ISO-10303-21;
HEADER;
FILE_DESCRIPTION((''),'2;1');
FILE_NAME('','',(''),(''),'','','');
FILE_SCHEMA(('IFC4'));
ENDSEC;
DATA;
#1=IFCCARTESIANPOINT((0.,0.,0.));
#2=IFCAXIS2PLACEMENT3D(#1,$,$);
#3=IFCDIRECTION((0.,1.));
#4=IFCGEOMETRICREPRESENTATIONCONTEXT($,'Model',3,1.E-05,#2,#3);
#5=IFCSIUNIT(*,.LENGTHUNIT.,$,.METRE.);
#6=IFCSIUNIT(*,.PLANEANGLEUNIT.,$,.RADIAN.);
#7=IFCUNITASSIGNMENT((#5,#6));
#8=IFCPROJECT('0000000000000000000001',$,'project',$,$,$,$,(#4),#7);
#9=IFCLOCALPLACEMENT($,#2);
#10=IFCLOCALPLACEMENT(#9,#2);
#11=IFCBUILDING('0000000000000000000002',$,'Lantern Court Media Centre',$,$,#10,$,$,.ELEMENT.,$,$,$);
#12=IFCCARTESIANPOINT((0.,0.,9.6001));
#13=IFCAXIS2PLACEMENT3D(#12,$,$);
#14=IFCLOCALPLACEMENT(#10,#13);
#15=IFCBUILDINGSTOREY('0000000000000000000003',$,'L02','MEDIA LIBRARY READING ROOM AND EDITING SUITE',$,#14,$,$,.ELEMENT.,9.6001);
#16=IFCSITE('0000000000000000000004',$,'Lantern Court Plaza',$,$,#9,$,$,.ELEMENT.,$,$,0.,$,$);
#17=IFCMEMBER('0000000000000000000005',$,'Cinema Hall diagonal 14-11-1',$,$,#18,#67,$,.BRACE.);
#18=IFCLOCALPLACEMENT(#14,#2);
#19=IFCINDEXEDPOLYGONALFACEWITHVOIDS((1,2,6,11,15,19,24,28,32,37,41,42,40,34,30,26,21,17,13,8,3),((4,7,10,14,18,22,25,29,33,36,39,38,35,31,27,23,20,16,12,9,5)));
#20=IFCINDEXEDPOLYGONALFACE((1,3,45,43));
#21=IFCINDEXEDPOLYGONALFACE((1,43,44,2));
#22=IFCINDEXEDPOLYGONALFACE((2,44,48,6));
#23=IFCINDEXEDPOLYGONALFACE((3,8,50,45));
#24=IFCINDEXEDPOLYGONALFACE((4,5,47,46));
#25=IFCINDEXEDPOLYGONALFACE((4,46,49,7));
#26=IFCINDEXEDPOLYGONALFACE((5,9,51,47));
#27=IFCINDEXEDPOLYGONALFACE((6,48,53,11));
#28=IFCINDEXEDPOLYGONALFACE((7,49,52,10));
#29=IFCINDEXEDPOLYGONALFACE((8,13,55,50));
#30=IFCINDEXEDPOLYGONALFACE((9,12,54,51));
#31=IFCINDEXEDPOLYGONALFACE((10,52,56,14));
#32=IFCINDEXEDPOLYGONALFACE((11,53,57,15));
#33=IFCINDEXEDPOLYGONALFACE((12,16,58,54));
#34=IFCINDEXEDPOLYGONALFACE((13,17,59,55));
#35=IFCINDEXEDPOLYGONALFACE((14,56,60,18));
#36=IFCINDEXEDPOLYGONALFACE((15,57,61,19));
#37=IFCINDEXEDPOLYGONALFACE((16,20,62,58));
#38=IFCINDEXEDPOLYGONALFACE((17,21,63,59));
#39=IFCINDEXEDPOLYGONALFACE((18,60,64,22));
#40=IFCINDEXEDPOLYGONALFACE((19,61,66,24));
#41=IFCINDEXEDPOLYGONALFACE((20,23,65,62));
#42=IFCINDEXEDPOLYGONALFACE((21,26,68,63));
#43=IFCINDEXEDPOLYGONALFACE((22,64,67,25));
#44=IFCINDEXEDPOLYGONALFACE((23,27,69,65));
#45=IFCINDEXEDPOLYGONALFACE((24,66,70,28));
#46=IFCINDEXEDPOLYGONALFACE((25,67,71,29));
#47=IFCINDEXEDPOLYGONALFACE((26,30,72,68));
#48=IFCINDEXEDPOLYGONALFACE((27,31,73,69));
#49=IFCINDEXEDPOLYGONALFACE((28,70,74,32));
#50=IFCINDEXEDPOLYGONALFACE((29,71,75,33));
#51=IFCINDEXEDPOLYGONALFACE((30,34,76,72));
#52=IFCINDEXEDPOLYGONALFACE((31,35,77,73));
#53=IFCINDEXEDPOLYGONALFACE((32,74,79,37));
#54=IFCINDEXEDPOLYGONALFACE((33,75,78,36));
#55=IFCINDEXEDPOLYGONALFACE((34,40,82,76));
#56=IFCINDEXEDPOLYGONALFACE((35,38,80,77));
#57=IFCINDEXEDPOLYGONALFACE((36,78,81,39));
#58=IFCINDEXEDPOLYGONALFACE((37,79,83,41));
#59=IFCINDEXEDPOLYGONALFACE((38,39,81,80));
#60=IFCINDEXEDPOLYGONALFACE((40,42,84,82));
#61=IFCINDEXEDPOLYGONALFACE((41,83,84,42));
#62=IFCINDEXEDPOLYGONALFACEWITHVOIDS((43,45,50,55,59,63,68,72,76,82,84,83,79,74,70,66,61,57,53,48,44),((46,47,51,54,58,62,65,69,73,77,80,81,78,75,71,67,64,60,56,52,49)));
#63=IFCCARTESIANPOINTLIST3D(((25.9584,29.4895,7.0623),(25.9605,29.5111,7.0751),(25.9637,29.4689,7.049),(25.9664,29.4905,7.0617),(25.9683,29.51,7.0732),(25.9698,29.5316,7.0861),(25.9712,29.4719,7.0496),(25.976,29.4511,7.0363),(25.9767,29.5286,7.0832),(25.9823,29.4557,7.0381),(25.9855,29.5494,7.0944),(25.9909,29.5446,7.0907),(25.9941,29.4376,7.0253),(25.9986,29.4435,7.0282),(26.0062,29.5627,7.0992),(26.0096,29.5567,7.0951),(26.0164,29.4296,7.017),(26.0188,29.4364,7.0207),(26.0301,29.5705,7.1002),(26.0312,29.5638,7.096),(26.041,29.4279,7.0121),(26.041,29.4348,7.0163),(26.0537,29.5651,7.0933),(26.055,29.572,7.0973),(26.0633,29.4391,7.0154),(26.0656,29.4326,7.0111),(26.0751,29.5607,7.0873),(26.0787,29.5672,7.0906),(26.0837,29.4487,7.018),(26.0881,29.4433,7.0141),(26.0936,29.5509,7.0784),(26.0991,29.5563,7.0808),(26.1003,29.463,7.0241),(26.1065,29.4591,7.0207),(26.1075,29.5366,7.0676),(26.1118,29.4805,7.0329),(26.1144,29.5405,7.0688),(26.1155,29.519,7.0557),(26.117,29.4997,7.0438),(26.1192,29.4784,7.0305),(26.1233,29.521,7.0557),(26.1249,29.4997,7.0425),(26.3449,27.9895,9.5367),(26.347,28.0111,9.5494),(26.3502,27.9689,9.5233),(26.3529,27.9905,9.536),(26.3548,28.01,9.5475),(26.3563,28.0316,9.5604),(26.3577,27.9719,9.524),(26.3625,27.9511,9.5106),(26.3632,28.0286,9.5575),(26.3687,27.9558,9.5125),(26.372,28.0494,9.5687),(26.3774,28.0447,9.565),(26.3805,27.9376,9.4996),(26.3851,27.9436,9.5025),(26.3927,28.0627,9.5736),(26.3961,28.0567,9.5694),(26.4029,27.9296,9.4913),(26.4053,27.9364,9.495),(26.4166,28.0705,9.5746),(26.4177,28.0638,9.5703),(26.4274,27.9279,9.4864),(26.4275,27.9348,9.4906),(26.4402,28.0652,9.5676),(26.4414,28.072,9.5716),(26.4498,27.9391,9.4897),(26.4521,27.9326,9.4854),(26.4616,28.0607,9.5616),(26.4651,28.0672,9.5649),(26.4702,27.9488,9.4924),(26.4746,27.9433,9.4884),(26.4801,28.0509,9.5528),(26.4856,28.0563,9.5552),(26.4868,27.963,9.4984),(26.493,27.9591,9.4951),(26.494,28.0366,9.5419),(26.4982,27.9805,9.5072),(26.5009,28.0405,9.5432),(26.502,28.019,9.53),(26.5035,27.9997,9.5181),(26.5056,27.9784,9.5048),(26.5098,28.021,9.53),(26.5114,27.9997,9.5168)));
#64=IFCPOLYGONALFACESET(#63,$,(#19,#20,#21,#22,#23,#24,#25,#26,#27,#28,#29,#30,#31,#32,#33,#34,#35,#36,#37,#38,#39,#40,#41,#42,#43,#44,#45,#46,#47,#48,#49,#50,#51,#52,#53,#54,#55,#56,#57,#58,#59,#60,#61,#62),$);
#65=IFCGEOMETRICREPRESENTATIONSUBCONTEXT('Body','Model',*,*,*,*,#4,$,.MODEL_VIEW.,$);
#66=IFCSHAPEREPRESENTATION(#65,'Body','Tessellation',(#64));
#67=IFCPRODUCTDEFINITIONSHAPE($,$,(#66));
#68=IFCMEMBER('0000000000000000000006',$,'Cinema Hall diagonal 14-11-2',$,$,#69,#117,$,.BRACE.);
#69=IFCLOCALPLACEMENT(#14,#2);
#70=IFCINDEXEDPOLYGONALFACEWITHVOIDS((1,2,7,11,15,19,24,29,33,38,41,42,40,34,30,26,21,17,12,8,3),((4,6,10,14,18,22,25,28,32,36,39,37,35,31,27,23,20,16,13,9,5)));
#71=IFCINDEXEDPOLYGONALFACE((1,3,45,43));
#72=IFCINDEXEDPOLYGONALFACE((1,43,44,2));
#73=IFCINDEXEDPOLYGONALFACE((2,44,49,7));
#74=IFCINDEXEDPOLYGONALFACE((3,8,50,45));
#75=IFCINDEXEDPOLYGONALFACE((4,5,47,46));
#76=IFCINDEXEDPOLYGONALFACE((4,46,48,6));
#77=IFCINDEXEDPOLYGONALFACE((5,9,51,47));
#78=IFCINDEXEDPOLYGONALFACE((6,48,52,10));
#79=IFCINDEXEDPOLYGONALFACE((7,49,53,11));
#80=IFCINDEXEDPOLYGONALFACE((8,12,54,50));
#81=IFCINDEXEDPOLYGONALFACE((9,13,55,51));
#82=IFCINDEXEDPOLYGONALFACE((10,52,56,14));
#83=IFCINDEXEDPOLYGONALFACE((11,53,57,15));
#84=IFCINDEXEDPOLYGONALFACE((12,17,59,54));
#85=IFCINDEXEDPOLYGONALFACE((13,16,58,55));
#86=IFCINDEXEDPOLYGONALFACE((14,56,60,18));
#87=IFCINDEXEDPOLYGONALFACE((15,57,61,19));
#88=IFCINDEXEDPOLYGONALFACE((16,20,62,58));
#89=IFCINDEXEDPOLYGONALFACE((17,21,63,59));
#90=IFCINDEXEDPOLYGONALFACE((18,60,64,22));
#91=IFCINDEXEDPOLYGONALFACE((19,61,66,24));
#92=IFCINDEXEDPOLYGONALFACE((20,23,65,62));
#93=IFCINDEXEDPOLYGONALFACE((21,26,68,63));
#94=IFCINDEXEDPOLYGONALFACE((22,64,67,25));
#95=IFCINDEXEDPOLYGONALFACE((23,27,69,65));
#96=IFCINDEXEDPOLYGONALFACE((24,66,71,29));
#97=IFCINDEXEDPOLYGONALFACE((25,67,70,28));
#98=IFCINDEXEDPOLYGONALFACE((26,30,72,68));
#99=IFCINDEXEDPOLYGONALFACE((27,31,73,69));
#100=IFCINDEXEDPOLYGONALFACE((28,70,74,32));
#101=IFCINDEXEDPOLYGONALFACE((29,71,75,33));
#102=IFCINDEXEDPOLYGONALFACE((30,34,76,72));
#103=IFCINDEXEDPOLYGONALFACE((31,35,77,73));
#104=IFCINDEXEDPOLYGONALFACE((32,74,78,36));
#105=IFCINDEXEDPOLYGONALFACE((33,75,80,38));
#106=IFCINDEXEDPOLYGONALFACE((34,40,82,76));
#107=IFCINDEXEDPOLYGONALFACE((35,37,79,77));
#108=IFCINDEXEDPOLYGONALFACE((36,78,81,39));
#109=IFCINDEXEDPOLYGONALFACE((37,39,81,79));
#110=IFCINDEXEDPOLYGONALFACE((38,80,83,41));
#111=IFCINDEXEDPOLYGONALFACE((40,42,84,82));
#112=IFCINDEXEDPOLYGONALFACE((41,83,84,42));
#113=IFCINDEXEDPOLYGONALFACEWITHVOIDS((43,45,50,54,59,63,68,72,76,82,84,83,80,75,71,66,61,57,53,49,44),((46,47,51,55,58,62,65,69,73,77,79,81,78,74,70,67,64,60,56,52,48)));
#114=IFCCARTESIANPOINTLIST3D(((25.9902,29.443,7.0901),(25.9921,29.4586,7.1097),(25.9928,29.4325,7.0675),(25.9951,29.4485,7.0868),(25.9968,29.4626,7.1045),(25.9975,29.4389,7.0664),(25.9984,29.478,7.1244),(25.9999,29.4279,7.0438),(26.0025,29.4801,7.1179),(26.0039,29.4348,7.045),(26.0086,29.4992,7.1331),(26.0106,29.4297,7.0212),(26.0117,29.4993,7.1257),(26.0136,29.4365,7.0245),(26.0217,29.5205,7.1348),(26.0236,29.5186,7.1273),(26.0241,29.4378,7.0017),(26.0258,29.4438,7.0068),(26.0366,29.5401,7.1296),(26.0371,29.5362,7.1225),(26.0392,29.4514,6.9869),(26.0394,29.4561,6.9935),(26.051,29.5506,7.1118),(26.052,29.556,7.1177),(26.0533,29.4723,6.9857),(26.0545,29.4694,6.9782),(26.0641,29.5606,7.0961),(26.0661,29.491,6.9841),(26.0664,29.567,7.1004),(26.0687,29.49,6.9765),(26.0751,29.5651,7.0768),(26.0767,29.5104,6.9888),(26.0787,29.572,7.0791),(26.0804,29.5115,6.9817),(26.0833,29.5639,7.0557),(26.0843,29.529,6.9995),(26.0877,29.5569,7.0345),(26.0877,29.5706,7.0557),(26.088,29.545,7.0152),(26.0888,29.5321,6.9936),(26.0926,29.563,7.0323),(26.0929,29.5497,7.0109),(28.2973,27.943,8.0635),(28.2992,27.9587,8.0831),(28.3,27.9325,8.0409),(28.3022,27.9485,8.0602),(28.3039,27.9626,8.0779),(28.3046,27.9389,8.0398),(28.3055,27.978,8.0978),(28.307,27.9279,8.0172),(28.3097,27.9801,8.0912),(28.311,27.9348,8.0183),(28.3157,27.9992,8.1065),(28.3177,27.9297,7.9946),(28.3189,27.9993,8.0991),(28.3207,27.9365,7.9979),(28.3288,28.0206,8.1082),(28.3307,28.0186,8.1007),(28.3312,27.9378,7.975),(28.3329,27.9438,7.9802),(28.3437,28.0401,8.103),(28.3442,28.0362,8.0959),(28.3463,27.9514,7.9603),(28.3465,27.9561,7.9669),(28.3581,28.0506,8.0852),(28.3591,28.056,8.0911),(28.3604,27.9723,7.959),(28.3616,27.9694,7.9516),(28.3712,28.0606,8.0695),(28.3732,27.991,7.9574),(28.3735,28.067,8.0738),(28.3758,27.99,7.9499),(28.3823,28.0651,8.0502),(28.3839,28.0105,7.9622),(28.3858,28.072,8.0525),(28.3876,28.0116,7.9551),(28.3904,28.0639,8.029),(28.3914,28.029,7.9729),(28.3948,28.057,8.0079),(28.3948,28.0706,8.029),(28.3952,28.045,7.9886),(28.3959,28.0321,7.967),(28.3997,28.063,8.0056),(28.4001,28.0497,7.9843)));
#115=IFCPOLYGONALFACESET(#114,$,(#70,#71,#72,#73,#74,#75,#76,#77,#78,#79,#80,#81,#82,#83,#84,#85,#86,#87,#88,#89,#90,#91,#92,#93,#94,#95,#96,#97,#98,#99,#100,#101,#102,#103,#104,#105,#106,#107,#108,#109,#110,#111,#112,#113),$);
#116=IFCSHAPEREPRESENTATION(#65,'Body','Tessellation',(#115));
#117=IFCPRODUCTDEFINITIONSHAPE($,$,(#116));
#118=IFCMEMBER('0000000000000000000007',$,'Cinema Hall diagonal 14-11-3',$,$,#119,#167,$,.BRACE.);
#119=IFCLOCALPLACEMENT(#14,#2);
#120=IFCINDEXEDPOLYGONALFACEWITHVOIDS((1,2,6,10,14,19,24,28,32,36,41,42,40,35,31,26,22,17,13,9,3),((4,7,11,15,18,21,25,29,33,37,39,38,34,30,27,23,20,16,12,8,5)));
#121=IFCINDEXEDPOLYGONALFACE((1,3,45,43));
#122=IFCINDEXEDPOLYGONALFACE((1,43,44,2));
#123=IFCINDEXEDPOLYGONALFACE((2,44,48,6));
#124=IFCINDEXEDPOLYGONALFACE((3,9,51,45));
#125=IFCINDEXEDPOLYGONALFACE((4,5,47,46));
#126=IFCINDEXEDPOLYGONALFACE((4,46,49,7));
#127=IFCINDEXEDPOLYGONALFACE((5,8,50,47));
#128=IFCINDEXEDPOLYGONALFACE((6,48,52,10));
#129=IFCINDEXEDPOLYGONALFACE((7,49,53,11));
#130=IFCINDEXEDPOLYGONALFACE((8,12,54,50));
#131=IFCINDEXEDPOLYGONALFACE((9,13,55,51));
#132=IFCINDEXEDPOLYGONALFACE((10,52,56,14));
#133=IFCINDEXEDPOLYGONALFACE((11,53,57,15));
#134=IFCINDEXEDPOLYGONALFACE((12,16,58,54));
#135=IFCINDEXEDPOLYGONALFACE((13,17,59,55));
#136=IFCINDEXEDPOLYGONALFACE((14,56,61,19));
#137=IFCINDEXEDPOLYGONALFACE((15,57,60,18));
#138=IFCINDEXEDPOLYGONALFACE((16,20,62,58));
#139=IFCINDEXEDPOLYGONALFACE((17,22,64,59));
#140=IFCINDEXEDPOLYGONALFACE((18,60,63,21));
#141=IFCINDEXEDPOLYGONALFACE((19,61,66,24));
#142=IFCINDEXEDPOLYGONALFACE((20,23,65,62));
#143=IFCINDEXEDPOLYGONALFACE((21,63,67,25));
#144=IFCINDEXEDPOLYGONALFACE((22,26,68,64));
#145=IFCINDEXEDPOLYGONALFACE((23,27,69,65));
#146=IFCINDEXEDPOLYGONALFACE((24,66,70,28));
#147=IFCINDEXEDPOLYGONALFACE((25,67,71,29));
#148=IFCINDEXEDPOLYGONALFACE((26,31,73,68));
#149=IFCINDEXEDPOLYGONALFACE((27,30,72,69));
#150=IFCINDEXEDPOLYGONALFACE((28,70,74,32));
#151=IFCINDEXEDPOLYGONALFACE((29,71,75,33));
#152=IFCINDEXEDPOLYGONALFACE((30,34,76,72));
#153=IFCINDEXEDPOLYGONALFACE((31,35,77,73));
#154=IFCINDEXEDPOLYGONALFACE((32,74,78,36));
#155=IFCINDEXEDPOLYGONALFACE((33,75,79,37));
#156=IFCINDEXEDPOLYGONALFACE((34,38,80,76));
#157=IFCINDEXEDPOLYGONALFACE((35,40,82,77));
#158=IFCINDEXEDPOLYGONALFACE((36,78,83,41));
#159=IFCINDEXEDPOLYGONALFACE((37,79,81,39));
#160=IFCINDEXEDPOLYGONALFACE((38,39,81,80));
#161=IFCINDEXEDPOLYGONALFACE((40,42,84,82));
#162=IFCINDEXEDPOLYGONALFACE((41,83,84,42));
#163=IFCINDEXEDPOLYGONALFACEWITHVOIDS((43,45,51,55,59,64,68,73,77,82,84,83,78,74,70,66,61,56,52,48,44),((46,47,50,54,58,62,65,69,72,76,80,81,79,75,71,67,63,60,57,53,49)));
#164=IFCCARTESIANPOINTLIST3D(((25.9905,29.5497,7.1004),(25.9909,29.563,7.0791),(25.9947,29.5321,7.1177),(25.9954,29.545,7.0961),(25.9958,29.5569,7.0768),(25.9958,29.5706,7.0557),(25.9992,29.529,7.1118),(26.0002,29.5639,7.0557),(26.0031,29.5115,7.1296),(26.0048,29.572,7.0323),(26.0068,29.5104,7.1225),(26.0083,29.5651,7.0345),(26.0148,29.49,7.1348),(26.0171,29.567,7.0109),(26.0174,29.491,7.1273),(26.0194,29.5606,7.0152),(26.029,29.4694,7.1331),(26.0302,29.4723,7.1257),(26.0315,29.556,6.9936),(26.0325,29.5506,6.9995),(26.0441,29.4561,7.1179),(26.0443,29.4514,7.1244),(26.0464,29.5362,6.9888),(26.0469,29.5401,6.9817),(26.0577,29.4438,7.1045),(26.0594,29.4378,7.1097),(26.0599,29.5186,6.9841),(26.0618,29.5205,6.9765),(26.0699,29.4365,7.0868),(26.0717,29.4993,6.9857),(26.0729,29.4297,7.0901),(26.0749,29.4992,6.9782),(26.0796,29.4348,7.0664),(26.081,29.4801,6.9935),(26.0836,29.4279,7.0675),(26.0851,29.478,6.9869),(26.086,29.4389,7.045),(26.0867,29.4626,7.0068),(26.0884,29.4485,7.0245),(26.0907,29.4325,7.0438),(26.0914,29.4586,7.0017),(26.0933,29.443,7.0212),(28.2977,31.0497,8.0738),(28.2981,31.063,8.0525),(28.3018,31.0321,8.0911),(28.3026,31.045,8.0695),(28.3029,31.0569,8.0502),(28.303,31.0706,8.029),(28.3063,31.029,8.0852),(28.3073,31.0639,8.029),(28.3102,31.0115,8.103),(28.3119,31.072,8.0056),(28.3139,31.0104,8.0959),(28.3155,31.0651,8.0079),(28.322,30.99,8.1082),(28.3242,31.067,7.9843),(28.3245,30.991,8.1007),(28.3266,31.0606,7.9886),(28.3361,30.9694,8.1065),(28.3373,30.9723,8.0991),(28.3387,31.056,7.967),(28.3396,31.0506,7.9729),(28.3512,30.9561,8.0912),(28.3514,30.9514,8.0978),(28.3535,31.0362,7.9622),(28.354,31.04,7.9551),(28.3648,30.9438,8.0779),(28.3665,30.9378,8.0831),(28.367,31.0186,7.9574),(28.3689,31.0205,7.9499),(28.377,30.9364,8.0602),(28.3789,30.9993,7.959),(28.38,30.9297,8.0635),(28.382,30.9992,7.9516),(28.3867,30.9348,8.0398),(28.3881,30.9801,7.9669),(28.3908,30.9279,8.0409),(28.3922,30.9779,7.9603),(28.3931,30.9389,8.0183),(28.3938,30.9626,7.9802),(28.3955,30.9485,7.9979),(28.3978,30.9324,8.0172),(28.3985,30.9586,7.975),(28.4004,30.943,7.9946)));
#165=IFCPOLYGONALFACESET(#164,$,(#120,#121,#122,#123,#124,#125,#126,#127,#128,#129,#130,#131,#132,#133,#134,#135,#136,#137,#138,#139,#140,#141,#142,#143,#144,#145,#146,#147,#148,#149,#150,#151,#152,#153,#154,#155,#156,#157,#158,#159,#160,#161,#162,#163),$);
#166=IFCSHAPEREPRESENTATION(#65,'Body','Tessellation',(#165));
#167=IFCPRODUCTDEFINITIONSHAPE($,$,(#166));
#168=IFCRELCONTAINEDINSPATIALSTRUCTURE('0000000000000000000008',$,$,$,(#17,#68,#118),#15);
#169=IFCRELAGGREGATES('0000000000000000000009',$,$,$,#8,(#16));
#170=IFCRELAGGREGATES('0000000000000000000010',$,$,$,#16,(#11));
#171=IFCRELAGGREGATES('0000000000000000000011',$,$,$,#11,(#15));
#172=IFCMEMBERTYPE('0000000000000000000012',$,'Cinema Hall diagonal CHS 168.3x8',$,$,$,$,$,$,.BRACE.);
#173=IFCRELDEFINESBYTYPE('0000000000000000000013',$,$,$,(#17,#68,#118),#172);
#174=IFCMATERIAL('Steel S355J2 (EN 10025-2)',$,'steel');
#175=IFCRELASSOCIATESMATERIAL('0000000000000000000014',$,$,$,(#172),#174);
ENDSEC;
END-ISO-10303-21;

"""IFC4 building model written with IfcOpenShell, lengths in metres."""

from ifc_helpers import new_model, si_unit, direction, frame, origin, origin_2d, place, context, subcontext, project, spatial, hollow_circle, extrude, material, material_profile, profile_set, type_object, element, save


model = new_model("IFC4")

# Units and contexts
model_context = context("Model", 3, precision=1e-05, world=origin(), true_north=direction((0.0, 1.0)))
body_context = subcontext(model_context, "Body", "Model", "MODEL_VIEW")
ifc_project = project(units=[si_unit("LENGTHUNIT", "METRE"), si_unit("PLANEANGLEUNIT", "RADIAN")], contexts=[model_context])

# Site, building, storey
site_placement = place(None, origin())
site = spatial("IfcSite", under=ifc_project, at=site_placement, Name="Lantern Court Plaza", CompositionType="ELEMENT", RefElevation=0.0)
building_placement = place(site_placement, origin())
building = spatial("IfcBuilding", under=site, at=building_placement, Name="Lantern Court Media Centre", CompositionType="ELEMENT")
storey_placement = place(building_placement, frame((0.0, 0.0, 9.6001)))
storey = spatial("IfcBuildingStorey", under=building, at=storey_placement, Name="L02", Description="MEDIA LIBRARY READING ROOM AND EDITING SUITE", CompositionType="ELEMENT", Elevation=9.6001)

# Members
ifc_material = material(Name="Steel S355J2 (EN 10025-2)", Category="steel")
ifc_material_profile_1 = material_profile(ifc_material, hollow_circle(Radius=0.0842, WallThickness=0.0081, at=origin_2d()), Name="Cinema Hall diagonal CHS 168.3x8")
ifc_profile_set_1 = profile_set([ifc_material_profile_1], Name="Steel S355J2 (EN 10025-2)")
member_type_1 = type_object("IfcMemberType", Name="Cinema Hall diagonal CHS 168.3x8", PredefinedType="BRACE", material=ifc_profile_set_1)
member_1_placement = place(storey_placement, frame((26.0417, 29.5, 7.0557), z_axis=(0.13239, -0.513836, 0.847612), x_axis=(0.968374, 0.249501, 0.0)))
element("IfcMember", 1, at=member_1_placement, inside=storey, type_object=member_type_1, Name="Cinema Hall diagonal 14-11-1", PredefinedType="BRACE", context=body_context, shape_type="SweptSolid", body=[
    extrude(hollow_circle(Radius=0.0842, WallThickness=0.0081, at=origin_2d()), origin(), (0.0, 0.0, 1.0), 2.9192),
])
for number, where, z_axis, x_axis, name in (
    (2, (26.0417, 29.5, 7.0557), (0.790394, -0.513882, 0.333471), (0.545082, 0.838383, 0.0), "Cinema Hall diagonal 14-11-2"),
    (3, (26.0417, 29.5, 7.0557), (0.790394, 0.513882, 0.333471), (-0.545082, 0.838383, 0.0), "Cinema Hall diagonal 14-11-3"),
):
    element("IfcMember", number, at=place(storey_placement, frame(where, z_axis=z_axis, x_axis=x_axis)), inside=storey, type_object=member_type_1, Name=name, PredefinedType="BRACE", context=body_context, shape_type="SweptSolid", body=[
        extrude(hollow_circle(Radius=0.0842, WallThickness=0.0081, at=origin_2d()), origin(), (0.0, 0.0, 1.0), 2.9189),
    ])

save(model, "model.ifc")
